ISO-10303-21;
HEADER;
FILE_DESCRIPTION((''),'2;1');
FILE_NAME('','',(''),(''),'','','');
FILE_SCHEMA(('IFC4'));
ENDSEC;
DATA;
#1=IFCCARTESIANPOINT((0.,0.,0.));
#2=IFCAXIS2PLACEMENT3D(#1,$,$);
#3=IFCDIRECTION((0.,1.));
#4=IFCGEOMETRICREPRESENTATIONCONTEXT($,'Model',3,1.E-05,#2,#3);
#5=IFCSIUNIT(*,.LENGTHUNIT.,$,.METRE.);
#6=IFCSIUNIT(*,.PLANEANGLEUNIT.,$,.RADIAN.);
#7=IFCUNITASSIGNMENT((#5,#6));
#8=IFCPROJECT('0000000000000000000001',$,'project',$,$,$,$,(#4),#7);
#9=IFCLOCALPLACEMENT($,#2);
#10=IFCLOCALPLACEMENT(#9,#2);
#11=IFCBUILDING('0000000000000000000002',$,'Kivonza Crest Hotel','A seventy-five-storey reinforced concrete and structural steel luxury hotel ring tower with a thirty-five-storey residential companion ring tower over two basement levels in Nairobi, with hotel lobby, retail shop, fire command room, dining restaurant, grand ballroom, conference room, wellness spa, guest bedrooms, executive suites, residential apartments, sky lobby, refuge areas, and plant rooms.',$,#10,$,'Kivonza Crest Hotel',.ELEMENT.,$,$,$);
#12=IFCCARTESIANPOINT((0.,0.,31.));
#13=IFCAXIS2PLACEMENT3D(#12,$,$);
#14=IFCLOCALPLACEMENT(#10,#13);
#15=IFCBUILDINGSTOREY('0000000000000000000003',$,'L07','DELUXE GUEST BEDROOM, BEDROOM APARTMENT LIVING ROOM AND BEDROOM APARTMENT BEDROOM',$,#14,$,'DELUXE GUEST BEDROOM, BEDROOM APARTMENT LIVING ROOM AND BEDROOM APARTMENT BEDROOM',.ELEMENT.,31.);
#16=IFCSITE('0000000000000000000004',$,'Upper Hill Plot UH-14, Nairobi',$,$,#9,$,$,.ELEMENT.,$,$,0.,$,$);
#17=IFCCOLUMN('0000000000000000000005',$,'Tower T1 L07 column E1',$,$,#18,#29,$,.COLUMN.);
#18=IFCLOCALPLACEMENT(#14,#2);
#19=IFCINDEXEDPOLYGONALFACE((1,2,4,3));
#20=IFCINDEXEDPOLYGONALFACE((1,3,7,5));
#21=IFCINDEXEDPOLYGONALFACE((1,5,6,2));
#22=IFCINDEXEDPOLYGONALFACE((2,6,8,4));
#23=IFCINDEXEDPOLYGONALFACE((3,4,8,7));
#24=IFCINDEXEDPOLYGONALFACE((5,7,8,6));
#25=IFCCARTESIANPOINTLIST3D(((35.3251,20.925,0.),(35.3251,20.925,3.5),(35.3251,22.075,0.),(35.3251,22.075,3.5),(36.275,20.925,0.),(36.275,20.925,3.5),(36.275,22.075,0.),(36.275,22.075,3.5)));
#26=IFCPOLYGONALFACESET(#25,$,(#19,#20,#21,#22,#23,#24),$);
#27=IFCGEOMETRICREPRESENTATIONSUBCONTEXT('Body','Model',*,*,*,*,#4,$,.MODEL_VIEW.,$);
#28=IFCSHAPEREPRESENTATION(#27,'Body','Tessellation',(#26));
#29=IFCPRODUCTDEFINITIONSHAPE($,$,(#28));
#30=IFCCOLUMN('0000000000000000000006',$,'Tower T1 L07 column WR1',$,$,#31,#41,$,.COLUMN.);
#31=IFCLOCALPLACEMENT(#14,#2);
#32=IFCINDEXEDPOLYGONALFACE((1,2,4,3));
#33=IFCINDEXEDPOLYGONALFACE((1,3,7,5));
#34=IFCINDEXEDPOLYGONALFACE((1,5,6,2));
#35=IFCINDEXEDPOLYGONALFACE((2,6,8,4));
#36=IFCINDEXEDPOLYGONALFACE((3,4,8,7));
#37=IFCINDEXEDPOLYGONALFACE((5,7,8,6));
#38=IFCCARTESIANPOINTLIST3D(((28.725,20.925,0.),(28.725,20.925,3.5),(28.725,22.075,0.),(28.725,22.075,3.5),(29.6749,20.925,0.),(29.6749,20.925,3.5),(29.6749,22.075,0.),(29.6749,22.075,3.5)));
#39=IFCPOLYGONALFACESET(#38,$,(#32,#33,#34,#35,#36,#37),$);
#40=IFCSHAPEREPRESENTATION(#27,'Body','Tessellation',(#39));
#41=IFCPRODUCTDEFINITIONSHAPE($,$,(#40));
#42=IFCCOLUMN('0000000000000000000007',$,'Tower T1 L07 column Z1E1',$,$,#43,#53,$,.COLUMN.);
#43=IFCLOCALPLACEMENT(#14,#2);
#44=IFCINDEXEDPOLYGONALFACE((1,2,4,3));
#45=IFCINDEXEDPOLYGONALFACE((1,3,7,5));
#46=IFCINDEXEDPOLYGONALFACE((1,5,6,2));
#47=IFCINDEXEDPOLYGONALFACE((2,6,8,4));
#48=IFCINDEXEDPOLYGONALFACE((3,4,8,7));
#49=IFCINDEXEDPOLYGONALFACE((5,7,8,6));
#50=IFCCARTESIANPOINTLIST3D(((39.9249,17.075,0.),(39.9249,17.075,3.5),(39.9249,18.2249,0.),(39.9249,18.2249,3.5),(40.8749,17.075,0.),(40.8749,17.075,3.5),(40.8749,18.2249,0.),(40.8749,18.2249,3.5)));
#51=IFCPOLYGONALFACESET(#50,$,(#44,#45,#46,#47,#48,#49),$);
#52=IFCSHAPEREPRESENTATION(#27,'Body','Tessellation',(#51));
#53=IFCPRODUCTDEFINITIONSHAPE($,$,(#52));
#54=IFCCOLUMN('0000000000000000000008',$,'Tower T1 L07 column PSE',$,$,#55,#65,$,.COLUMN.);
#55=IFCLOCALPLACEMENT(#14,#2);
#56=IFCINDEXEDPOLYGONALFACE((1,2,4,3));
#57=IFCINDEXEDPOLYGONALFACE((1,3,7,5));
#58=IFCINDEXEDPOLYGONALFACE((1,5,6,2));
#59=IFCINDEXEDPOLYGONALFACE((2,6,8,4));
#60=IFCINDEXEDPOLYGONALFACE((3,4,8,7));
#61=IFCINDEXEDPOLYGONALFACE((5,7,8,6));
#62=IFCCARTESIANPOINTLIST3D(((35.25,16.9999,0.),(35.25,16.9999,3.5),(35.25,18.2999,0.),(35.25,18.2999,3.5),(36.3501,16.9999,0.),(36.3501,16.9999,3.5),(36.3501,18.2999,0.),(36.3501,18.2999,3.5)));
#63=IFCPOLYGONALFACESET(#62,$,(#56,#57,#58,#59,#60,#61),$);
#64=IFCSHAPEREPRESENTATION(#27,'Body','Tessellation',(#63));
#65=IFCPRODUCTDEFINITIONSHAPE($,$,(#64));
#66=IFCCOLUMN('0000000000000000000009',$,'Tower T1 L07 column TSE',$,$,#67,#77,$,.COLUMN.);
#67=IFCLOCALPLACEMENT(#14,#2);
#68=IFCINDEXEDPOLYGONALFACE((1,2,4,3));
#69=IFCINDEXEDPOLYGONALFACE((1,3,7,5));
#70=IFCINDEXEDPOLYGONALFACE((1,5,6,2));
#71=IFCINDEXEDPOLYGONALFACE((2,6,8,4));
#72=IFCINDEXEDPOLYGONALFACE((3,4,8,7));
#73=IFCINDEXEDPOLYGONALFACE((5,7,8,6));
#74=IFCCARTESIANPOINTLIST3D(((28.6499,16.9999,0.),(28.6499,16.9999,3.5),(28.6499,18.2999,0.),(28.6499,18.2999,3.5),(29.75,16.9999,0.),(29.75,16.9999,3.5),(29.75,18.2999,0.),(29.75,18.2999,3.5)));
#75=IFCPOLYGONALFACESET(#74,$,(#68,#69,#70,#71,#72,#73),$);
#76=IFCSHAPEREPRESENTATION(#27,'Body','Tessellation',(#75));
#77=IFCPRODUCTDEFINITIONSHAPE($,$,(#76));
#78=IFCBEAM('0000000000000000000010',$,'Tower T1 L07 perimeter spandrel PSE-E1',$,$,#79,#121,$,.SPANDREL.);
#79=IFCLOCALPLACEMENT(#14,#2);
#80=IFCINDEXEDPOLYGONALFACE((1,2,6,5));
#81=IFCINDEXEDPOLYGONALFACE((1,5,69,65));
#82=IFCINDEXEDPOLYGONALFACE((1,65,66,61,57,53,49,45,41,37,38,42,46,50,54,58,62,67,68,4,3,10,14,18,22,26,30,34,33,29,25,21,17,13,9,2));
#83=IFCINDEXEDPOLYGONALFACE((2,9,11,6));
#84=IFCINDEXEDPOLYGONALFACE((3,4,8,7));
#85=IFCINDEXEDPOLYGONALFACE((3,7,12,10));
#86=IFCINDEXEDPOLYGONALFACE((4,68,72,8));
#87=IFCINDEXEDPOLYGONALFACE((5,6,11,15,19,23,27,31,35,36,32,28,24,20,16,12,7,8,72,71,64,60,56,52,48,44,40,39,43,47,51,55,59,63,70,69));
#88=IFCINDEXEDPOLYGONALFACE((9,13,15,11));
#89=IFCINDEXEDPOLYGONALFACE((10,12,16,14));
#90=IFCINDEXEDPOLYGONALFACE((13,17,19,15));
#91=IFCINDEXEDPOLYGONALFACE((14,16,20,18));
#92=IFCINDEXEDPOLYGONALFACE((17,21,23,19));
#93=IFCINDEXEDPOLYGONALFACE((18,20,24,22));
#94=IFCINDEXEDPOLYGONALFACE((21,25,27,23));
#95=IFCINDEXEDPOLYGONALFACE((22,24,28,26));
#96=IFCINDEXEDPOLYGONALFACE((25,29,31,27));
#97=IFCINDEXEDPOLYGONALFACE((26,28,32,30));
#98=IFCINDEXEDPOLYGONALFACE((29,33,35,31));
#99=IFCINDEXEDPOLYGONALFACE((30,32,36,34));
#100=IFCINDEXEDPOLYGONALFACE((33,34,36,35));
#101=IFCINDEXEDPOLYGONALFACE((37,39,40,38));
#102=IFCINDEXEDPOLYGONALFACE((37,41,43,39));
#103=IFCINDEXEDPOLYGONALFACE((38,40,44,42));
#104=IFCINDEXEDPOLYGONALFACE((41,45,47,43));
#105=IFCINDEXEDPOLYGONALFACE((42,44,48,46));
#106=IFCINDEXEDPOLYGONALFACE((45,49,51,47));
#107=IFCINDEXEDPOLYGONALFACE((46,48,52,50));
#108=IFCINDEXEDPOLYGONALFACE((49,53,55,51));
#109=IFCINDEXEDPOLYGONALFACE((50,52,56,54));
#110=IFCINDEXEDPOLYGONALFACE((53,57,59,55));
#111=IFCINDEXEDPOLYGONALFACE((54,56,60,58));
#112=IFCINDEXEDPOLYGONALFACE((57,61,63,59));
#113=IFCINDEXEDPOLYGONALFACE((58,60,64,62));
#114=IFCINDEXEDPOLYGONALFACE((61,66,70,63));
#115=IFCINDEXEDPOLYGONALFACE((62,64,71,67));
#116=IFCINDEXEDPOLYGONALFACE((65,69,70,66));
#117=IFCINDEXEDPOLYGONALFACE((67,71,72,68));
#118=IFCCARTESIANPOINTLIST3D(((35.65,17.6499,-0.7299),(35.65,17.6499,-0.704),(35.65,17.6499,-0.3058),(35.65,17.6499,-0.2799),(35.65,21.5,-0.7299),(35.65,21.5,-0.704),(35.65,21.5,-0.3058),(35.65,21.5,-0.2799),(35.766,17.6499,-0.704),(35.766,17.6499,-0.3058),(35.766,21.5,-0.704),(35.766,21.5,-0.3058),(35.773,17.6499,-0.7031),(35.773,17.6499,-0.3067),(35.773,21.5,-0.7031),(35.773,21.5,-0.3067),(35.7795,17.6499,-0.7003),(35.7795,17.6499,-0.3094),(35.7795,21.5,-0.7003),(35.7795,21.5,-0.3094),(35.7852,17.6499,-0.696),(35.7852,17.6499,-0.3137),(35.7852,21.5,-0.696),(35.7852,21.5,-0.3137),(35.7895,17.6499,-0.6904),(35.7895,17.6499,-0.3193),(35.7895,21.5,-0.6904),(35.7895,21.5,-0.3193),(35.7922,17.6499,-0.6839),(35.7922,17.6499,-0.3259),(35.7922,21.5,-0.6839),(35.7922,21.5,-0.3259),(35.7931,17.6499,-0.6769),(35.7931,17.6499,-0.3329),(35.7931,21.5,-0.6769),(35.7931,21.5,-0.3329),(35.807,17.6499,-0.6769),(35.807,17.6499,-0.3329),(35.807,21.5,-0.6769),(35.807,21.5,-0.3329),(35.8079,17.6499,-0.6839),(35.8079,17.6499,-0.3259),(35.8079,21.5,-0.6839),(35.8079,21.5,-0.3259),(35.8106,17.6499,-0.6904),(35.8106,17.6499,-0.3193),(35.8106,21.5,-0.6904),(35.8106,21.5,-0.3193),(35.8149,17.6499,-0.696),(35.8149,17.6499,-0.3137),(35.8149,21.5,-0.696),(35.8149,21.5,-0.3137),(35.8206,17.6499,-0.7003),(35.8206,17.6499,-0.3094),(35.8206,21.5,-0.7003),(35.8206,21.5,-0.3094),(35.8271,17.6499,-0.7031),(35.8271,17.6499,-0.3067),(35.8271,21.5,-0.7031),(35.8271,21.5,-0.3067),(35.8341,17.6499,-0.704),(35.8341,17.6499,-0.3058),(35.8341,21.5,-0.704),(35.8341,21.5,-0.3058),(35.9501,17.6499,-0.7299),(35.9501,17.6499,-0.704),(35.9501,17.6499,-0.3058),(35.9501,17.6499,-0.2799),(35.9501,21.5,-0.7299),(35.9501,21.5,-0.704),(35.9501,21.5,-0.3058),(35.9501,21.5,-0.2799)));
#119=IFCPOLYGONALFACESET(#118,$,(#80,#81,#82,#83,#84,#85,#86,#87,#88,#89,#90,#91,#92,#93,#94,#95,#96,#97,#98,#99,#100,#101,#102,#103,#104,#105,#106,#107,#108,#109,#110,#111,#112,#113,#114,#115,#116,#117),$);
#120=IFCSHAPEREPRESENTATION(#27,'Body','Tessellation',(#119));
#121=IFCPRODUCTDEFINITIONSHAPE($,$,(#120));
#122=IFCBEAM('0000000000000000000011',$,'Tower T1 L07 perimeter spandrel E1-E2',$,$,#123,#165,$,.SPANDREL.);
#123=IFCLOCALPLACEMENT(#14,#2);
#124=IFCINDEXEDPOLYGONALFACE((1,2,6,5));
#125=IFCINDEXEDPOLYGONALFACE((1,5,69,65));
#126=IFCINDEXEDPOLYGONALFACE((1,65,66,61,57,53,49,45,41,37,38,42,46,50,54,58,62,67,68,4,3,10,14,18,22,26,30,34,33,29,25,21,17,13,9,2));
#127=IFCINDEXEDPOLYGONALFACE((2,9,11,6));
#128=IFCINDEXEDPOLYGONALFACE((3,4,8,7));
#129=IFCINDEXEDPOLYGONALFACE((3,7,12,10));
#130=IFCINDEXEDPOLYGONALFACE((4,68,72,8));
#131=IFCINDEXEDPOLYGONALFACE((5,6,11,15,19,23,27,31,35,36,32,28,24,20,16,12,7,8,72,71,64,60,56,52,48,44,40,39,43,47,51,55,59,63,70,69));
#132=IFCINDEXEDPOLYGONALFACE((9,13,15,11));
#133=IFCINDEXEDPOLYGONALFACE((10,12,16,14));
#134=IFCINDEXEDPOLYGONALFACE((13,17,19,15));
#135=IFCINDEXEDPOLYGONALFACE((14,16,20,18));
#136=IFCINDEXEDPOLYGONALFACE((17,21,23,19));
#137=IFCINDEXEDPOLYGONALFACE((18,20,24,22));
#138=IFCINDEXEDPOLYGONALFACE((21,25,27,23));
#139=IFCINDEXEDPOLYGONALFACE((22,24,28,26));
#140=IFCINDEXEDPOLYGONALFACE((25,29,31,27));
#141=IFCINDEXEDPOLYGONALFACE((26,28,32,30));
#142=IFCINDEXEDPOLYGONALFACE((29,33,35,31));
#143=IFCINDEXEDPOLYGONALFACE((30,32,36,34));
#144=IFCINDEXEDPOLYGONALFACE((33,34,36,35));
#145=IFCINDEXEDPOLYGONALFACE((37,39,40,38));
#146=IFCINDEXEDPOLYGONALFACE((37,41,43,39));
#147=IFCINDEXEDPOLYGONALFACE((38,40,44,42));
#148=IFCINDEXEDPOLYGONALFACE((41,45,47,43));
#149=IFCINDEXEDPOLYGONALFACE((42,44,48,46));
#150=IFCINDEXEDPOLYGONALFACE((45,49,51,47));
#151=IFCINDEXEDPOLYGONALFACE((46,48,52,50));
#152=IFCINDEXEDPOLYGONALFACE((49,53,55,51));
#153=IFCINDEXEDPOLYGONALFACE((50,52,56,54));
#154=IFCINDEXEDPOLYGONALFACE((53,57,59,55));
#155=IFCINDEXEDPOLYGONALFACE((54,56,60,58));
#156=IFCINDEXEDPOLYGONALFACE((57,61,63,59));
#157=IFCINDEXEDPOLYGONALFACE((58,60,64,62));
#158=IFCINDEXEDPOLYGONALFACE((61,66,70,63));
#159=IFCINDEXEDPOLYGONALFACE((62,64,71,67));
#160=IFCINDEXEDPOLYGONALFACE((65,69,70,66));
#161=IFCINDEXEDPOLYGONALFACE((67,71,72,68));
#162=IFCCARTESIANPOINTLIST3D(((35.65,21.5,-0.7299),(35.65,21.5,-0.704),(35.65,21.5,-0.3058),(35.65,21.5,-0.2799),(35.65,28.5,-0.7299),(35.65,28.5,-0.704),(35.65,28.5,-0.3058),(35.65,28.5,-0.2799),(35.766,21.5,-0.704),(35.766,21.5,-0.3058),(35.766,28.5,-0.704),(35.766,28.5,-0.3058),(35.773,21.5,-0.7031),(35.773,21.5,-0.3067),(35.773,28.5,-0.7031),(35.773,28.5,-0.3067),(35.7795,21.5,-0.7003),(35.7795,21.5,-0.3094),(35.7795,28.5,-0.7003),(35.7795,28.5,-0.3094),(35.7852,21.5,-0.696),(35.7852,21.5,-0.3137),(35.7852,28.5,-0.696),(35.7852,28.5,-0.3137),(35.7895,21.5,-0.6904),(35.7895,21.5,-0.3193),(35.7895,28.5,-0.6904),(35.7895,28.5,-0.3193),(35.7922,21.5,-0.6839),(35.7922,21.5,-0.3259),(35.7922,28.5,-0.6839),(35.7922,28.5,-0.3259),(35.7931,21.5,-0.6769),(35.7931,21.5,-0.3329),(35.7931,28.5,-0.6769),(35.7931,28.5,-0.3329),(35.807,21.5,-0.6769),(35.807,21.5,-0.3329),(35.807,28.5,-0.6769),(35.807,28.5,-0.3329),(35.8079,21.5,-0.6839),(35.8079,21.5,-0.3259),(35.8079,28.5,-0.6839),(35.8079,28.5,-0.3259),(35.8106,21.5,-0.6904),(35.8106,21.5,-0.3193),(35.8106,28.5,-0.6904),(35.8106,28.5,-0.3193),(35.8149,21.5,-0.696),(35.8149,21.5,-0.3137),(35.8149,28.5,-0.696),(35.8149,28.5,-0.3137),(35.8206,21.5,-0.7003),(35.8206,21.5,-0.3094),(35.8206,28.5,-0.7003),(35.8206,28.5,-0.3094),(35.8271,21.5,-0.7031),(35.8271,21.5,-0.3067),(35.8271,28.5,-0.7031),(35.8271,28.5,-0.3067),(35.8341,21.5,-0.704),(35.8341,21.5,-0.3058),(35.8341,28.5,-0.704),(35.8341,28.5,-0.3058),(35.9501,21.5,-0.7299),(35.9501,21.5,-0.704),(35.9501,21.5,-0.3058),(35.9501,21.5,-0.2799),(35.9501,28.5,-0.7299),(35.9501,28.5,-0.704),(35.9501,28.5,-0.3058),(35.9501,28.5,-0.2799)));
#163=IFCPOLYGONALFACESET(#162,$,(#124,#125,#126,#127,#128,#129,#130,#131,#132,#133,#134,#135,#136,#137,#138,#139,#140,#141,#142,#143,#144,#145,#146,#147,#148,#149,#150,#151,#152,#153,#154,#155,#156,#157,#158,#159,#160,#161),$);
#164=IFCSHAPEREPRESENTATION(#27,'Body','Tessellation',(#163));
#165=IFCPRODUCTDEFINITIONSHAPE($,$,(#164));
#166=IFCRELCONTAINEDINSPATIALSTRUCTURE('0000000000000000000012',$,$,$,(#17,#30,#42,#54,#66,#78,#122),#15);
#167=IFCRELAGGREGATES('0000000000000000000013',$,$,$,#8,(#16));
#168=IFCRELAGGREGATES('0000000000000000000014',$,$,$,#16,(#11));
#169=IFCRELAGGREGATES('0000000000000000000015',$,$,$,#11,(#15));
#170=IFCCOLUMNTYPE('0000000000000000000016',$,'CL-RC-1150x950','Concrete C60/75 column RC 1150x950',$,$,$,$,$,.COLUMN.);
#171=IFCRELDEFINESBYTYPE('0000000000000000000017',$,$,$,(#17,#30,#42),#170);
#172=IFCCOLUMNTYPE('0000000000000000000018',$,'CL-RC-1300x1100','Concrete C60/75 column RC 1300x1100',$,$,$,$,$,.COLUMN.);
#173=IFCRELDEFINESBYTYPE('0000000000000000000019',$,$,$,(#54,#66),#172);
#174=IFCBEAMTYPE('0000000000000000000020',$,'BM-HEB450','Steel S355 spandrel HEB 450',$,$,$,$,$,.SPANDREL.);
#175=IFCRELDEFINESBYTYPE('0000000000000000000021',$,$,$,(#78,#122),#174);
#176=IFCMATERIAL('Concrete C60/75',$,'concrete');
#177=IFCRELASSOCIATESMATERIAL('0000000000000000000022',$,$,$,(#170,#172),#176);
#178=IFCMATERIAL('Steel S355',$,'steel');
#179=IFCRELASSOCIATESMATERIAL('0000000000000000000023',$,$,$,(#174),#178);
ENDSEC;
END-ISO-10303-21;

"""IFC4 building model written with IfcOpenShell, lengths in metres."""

from ifc_helpers import new_model, si_unit, direction, frame, origin, origin_2d, place, context, subcontext, project, spatial, rectangle, i_section, extrude, material, material_profile, profile_set, type_object, element, save


model = new_model("IFC4")

# Units and contexts
model_context = context("Model", 3, precision=1e-05, world=origin(), true_north=direction((0.0, 1.0)))
body_context = subcontext(model_context, "Body", "Model", "MODEL_VIEW")
ifc_project = project(units=[si_unit("LENGTHUNIT", "METRE"), si_unit("PLANEANGLEUNIT", "RADIAN")], contexts=[model_context])

# Site, building, storey
site_placement = place(None, origin())
site = spatial("IfcSite", under=ifc_project, at=site_placement, Name="Upper Hill Plot UH-14, Nairobi", CompositionType="ELEMENT", RefElevation=0.0)
building_placement = place(site_placement, origin())
building = spatial("IfcBuilding", under=site, at=building_placement, Name="Kivonza Crest Hotel", Description="A seventy-five-storey reinforced concrete and structural steel luxury hotel ring tower with a thirty-five-storey residential companion ring tower over two basement levels in Nairobi, with hotel lobby, retail shop, fire command room, dining restaurant, grand ballroom, conference room, wellness spa, guest bedrooms, executive suites, residential apartments, sky lobby, refuge areas, and plant rooms.", LongName="Kivonza Crest Hotel", CompositionType="ELEMENT")
storey_placement = place(building_placement, frame((0.0, 0.0, 31.0)))
storey = spatial("IfcBuildingStorey", under=building, at=storey_placement, Name="L07", Description="DELUXE GUEST BEDROOM, BEDROOM APARTMENT LIVING ROOM AND BEDROOM APARTMENT BEDROOM", LongName="DELUXE GUEST BEDROOM, BEDROOM APARTMENT LIVING ROOM AND BEDROOM APARTMENT BEDROOM", CompositionType="ELEMENT", Elevation=31.0)

# Columns
ifc_material_1 = material(Name="Concrete C60/75", Category="concrete")
ifc_material_profile_1 = material_profile(ifc_material_1, rectangle(XDim=0.95, YDim=1.1499, at=origin_2d()), Name="RC 1150x950")
ifc_profile_set_1 = profile_set([ifc_material_profile_1], Name="Concrete C60/75")
column_type_1 = type_object("IfcColumnType", Name="CL-RC-1150x950", Description="Concrete C60/75 column RC 1150x950", PredefinedType="COLUMN", material=ifc_profile_set_1)
for number, where, z_axis, x_axis, name in (
    (1, (35.8, 21.5, 0.0), (0.0, 0.0, 1.0), (1.0, 0.0, 0.0), "Tower T1 L07 column E1"),
    (2, (29.2, 21.5, 0.0), (0.0, 0.0, 1.0), (1.0, 0.0, 0.0), "Tower T1 L07 column WR1"),
    (3, (40.3999, 17.6499, 0.0), (0.0, 0.0, 1.0), (1.0, 0.0, 0.0), "Tower T1 L07 column Z1E1"),
):
    element("IfcColumn", number, at=place(storey_placement, frame(where, z_axis=z_axis, x_axis=x_axis)), inside=storey, type_object=column_type_1, Name=name, PredefinedType="COLUMN", context=body_context, shape_type="SweptSolid", body=[
        extrude(rectangle(XDim=0.95, YDim=1.1499, at=origin_2d()), origin(), (0.0, 0.0, 1.0), 3.5),
    ])
ifc_material_profile_2 = material_profile(ifc_material_1, rectangle(XDim=1.1001, YDim=1.3, at=origin_2d()), Name="RC 1300x1100")
ifc_profile_set_2 = profile_set([ifc_material_profile_2], Name="Concrete C60/75")
column_type_2 = type_object("IfcColumnType", Name="CL-RC-1300x1100", Description="Concrete C60/75 column RC 1300x1100", PredefinedType="COLUMN", material=ifc_profile_set_2)
for number, where, z_axis, x_axis, name in (
    (4, (35.8, 17.6499, 0.0), (0.0, 0.0, 1.0), (1.0, 0.0, 0.0), "Tower T1 L07 column PSE"),
    (5, (29.2, 17.6499, 0.0), (0.0, 0.0, 1.0), (1.0, 0.0, 0.0), "Tower T1 L07 column TSE"),
):
    element("IfcColumn", number, at=place(storey_placement, frame(where, z_axis=z_axis, x_axis=x_axis)), inside=storey, type_object=column_type_2, Name=name, PredefinedType="COLUMN", context=body_context, shape_type="SweptSolid", body=[
        extrude(rectangle(XDim=1.1001, YDim=1.3, at=origin_2d()), origin(), (0.0, 0.0, 1.0), 3.5),
    ])

# Beams
ifc_material_2 = material(Name="Steel S355", Category="steel")
ifc_material_profile_3 = material_profile(ifc_material_2, i_section(OverallWidth=0.3, OverallDepth=0.45, WebThickness=0.0139, FlangeThickness=0.0259, FilletRadius=0.0271, at=origin_2d()), Name="HEB 450")
ifc_profile_set_3 = profile_set([ifc_material_profile_3], Name="Steel S355")
beam_type_1 = type_object("IfcBeamType", Name="BM-HEB450", Description="Steel S355 spandrel HEB 450", PredefinedType="SPANDREL", material=ifc_profile_set_3)
beam_1_placement = place(storey_placement, frame((35.8, 17.6499, -0.5049), z_axis=(0.0, 1.0, 0.0), x_axis=(-1.0, 0.0, 0.0)))
element("IfcBeam", 6, at=beam_1_placement, inside=storey, type_object=beam_type_1, Name="Tower T1 L07 perimeter spandrel PSE-E1", PredefinedType="SPANDREL", context=body_context, shape_type="SweptSolid", body=[
    extrude(i_section(OverallWidth=0.3, OverallDepth=0.45, WebThickness=0.0139, FlangeThickness=0.0259, FilletRadius=0.0271, at=origin_2d()), origin(), (0.0, 0.0, 1.0), 3.8501),
])
beam_2_placement = place(storey_placement, frame((35.8, 21.5, -0.5049), z_axis=(0.0, 1.0, 0.0), x_axis=(-1.0, 0.0, 0.0)))
element("IfcBeam", 7, at=beam_2_placement, inside=storey, type_object=beam_type_1, Name="Tower T1 L07 perimeter spandrel E1-E2", PredefinedType="SPANDREL", context=body_context, shape_type="SweptSolid", body=[
    extrude(i_section(OverallWidth=0.3, OverallDepth=0.45, WebThickness=0.0139, FlangeThickness=0.0259, FilletRadius=0.0271, at=origin_2d()), origin(), (0.0, 0.0, 1.0), 7.0),
])

save(model, "model.ifc")
